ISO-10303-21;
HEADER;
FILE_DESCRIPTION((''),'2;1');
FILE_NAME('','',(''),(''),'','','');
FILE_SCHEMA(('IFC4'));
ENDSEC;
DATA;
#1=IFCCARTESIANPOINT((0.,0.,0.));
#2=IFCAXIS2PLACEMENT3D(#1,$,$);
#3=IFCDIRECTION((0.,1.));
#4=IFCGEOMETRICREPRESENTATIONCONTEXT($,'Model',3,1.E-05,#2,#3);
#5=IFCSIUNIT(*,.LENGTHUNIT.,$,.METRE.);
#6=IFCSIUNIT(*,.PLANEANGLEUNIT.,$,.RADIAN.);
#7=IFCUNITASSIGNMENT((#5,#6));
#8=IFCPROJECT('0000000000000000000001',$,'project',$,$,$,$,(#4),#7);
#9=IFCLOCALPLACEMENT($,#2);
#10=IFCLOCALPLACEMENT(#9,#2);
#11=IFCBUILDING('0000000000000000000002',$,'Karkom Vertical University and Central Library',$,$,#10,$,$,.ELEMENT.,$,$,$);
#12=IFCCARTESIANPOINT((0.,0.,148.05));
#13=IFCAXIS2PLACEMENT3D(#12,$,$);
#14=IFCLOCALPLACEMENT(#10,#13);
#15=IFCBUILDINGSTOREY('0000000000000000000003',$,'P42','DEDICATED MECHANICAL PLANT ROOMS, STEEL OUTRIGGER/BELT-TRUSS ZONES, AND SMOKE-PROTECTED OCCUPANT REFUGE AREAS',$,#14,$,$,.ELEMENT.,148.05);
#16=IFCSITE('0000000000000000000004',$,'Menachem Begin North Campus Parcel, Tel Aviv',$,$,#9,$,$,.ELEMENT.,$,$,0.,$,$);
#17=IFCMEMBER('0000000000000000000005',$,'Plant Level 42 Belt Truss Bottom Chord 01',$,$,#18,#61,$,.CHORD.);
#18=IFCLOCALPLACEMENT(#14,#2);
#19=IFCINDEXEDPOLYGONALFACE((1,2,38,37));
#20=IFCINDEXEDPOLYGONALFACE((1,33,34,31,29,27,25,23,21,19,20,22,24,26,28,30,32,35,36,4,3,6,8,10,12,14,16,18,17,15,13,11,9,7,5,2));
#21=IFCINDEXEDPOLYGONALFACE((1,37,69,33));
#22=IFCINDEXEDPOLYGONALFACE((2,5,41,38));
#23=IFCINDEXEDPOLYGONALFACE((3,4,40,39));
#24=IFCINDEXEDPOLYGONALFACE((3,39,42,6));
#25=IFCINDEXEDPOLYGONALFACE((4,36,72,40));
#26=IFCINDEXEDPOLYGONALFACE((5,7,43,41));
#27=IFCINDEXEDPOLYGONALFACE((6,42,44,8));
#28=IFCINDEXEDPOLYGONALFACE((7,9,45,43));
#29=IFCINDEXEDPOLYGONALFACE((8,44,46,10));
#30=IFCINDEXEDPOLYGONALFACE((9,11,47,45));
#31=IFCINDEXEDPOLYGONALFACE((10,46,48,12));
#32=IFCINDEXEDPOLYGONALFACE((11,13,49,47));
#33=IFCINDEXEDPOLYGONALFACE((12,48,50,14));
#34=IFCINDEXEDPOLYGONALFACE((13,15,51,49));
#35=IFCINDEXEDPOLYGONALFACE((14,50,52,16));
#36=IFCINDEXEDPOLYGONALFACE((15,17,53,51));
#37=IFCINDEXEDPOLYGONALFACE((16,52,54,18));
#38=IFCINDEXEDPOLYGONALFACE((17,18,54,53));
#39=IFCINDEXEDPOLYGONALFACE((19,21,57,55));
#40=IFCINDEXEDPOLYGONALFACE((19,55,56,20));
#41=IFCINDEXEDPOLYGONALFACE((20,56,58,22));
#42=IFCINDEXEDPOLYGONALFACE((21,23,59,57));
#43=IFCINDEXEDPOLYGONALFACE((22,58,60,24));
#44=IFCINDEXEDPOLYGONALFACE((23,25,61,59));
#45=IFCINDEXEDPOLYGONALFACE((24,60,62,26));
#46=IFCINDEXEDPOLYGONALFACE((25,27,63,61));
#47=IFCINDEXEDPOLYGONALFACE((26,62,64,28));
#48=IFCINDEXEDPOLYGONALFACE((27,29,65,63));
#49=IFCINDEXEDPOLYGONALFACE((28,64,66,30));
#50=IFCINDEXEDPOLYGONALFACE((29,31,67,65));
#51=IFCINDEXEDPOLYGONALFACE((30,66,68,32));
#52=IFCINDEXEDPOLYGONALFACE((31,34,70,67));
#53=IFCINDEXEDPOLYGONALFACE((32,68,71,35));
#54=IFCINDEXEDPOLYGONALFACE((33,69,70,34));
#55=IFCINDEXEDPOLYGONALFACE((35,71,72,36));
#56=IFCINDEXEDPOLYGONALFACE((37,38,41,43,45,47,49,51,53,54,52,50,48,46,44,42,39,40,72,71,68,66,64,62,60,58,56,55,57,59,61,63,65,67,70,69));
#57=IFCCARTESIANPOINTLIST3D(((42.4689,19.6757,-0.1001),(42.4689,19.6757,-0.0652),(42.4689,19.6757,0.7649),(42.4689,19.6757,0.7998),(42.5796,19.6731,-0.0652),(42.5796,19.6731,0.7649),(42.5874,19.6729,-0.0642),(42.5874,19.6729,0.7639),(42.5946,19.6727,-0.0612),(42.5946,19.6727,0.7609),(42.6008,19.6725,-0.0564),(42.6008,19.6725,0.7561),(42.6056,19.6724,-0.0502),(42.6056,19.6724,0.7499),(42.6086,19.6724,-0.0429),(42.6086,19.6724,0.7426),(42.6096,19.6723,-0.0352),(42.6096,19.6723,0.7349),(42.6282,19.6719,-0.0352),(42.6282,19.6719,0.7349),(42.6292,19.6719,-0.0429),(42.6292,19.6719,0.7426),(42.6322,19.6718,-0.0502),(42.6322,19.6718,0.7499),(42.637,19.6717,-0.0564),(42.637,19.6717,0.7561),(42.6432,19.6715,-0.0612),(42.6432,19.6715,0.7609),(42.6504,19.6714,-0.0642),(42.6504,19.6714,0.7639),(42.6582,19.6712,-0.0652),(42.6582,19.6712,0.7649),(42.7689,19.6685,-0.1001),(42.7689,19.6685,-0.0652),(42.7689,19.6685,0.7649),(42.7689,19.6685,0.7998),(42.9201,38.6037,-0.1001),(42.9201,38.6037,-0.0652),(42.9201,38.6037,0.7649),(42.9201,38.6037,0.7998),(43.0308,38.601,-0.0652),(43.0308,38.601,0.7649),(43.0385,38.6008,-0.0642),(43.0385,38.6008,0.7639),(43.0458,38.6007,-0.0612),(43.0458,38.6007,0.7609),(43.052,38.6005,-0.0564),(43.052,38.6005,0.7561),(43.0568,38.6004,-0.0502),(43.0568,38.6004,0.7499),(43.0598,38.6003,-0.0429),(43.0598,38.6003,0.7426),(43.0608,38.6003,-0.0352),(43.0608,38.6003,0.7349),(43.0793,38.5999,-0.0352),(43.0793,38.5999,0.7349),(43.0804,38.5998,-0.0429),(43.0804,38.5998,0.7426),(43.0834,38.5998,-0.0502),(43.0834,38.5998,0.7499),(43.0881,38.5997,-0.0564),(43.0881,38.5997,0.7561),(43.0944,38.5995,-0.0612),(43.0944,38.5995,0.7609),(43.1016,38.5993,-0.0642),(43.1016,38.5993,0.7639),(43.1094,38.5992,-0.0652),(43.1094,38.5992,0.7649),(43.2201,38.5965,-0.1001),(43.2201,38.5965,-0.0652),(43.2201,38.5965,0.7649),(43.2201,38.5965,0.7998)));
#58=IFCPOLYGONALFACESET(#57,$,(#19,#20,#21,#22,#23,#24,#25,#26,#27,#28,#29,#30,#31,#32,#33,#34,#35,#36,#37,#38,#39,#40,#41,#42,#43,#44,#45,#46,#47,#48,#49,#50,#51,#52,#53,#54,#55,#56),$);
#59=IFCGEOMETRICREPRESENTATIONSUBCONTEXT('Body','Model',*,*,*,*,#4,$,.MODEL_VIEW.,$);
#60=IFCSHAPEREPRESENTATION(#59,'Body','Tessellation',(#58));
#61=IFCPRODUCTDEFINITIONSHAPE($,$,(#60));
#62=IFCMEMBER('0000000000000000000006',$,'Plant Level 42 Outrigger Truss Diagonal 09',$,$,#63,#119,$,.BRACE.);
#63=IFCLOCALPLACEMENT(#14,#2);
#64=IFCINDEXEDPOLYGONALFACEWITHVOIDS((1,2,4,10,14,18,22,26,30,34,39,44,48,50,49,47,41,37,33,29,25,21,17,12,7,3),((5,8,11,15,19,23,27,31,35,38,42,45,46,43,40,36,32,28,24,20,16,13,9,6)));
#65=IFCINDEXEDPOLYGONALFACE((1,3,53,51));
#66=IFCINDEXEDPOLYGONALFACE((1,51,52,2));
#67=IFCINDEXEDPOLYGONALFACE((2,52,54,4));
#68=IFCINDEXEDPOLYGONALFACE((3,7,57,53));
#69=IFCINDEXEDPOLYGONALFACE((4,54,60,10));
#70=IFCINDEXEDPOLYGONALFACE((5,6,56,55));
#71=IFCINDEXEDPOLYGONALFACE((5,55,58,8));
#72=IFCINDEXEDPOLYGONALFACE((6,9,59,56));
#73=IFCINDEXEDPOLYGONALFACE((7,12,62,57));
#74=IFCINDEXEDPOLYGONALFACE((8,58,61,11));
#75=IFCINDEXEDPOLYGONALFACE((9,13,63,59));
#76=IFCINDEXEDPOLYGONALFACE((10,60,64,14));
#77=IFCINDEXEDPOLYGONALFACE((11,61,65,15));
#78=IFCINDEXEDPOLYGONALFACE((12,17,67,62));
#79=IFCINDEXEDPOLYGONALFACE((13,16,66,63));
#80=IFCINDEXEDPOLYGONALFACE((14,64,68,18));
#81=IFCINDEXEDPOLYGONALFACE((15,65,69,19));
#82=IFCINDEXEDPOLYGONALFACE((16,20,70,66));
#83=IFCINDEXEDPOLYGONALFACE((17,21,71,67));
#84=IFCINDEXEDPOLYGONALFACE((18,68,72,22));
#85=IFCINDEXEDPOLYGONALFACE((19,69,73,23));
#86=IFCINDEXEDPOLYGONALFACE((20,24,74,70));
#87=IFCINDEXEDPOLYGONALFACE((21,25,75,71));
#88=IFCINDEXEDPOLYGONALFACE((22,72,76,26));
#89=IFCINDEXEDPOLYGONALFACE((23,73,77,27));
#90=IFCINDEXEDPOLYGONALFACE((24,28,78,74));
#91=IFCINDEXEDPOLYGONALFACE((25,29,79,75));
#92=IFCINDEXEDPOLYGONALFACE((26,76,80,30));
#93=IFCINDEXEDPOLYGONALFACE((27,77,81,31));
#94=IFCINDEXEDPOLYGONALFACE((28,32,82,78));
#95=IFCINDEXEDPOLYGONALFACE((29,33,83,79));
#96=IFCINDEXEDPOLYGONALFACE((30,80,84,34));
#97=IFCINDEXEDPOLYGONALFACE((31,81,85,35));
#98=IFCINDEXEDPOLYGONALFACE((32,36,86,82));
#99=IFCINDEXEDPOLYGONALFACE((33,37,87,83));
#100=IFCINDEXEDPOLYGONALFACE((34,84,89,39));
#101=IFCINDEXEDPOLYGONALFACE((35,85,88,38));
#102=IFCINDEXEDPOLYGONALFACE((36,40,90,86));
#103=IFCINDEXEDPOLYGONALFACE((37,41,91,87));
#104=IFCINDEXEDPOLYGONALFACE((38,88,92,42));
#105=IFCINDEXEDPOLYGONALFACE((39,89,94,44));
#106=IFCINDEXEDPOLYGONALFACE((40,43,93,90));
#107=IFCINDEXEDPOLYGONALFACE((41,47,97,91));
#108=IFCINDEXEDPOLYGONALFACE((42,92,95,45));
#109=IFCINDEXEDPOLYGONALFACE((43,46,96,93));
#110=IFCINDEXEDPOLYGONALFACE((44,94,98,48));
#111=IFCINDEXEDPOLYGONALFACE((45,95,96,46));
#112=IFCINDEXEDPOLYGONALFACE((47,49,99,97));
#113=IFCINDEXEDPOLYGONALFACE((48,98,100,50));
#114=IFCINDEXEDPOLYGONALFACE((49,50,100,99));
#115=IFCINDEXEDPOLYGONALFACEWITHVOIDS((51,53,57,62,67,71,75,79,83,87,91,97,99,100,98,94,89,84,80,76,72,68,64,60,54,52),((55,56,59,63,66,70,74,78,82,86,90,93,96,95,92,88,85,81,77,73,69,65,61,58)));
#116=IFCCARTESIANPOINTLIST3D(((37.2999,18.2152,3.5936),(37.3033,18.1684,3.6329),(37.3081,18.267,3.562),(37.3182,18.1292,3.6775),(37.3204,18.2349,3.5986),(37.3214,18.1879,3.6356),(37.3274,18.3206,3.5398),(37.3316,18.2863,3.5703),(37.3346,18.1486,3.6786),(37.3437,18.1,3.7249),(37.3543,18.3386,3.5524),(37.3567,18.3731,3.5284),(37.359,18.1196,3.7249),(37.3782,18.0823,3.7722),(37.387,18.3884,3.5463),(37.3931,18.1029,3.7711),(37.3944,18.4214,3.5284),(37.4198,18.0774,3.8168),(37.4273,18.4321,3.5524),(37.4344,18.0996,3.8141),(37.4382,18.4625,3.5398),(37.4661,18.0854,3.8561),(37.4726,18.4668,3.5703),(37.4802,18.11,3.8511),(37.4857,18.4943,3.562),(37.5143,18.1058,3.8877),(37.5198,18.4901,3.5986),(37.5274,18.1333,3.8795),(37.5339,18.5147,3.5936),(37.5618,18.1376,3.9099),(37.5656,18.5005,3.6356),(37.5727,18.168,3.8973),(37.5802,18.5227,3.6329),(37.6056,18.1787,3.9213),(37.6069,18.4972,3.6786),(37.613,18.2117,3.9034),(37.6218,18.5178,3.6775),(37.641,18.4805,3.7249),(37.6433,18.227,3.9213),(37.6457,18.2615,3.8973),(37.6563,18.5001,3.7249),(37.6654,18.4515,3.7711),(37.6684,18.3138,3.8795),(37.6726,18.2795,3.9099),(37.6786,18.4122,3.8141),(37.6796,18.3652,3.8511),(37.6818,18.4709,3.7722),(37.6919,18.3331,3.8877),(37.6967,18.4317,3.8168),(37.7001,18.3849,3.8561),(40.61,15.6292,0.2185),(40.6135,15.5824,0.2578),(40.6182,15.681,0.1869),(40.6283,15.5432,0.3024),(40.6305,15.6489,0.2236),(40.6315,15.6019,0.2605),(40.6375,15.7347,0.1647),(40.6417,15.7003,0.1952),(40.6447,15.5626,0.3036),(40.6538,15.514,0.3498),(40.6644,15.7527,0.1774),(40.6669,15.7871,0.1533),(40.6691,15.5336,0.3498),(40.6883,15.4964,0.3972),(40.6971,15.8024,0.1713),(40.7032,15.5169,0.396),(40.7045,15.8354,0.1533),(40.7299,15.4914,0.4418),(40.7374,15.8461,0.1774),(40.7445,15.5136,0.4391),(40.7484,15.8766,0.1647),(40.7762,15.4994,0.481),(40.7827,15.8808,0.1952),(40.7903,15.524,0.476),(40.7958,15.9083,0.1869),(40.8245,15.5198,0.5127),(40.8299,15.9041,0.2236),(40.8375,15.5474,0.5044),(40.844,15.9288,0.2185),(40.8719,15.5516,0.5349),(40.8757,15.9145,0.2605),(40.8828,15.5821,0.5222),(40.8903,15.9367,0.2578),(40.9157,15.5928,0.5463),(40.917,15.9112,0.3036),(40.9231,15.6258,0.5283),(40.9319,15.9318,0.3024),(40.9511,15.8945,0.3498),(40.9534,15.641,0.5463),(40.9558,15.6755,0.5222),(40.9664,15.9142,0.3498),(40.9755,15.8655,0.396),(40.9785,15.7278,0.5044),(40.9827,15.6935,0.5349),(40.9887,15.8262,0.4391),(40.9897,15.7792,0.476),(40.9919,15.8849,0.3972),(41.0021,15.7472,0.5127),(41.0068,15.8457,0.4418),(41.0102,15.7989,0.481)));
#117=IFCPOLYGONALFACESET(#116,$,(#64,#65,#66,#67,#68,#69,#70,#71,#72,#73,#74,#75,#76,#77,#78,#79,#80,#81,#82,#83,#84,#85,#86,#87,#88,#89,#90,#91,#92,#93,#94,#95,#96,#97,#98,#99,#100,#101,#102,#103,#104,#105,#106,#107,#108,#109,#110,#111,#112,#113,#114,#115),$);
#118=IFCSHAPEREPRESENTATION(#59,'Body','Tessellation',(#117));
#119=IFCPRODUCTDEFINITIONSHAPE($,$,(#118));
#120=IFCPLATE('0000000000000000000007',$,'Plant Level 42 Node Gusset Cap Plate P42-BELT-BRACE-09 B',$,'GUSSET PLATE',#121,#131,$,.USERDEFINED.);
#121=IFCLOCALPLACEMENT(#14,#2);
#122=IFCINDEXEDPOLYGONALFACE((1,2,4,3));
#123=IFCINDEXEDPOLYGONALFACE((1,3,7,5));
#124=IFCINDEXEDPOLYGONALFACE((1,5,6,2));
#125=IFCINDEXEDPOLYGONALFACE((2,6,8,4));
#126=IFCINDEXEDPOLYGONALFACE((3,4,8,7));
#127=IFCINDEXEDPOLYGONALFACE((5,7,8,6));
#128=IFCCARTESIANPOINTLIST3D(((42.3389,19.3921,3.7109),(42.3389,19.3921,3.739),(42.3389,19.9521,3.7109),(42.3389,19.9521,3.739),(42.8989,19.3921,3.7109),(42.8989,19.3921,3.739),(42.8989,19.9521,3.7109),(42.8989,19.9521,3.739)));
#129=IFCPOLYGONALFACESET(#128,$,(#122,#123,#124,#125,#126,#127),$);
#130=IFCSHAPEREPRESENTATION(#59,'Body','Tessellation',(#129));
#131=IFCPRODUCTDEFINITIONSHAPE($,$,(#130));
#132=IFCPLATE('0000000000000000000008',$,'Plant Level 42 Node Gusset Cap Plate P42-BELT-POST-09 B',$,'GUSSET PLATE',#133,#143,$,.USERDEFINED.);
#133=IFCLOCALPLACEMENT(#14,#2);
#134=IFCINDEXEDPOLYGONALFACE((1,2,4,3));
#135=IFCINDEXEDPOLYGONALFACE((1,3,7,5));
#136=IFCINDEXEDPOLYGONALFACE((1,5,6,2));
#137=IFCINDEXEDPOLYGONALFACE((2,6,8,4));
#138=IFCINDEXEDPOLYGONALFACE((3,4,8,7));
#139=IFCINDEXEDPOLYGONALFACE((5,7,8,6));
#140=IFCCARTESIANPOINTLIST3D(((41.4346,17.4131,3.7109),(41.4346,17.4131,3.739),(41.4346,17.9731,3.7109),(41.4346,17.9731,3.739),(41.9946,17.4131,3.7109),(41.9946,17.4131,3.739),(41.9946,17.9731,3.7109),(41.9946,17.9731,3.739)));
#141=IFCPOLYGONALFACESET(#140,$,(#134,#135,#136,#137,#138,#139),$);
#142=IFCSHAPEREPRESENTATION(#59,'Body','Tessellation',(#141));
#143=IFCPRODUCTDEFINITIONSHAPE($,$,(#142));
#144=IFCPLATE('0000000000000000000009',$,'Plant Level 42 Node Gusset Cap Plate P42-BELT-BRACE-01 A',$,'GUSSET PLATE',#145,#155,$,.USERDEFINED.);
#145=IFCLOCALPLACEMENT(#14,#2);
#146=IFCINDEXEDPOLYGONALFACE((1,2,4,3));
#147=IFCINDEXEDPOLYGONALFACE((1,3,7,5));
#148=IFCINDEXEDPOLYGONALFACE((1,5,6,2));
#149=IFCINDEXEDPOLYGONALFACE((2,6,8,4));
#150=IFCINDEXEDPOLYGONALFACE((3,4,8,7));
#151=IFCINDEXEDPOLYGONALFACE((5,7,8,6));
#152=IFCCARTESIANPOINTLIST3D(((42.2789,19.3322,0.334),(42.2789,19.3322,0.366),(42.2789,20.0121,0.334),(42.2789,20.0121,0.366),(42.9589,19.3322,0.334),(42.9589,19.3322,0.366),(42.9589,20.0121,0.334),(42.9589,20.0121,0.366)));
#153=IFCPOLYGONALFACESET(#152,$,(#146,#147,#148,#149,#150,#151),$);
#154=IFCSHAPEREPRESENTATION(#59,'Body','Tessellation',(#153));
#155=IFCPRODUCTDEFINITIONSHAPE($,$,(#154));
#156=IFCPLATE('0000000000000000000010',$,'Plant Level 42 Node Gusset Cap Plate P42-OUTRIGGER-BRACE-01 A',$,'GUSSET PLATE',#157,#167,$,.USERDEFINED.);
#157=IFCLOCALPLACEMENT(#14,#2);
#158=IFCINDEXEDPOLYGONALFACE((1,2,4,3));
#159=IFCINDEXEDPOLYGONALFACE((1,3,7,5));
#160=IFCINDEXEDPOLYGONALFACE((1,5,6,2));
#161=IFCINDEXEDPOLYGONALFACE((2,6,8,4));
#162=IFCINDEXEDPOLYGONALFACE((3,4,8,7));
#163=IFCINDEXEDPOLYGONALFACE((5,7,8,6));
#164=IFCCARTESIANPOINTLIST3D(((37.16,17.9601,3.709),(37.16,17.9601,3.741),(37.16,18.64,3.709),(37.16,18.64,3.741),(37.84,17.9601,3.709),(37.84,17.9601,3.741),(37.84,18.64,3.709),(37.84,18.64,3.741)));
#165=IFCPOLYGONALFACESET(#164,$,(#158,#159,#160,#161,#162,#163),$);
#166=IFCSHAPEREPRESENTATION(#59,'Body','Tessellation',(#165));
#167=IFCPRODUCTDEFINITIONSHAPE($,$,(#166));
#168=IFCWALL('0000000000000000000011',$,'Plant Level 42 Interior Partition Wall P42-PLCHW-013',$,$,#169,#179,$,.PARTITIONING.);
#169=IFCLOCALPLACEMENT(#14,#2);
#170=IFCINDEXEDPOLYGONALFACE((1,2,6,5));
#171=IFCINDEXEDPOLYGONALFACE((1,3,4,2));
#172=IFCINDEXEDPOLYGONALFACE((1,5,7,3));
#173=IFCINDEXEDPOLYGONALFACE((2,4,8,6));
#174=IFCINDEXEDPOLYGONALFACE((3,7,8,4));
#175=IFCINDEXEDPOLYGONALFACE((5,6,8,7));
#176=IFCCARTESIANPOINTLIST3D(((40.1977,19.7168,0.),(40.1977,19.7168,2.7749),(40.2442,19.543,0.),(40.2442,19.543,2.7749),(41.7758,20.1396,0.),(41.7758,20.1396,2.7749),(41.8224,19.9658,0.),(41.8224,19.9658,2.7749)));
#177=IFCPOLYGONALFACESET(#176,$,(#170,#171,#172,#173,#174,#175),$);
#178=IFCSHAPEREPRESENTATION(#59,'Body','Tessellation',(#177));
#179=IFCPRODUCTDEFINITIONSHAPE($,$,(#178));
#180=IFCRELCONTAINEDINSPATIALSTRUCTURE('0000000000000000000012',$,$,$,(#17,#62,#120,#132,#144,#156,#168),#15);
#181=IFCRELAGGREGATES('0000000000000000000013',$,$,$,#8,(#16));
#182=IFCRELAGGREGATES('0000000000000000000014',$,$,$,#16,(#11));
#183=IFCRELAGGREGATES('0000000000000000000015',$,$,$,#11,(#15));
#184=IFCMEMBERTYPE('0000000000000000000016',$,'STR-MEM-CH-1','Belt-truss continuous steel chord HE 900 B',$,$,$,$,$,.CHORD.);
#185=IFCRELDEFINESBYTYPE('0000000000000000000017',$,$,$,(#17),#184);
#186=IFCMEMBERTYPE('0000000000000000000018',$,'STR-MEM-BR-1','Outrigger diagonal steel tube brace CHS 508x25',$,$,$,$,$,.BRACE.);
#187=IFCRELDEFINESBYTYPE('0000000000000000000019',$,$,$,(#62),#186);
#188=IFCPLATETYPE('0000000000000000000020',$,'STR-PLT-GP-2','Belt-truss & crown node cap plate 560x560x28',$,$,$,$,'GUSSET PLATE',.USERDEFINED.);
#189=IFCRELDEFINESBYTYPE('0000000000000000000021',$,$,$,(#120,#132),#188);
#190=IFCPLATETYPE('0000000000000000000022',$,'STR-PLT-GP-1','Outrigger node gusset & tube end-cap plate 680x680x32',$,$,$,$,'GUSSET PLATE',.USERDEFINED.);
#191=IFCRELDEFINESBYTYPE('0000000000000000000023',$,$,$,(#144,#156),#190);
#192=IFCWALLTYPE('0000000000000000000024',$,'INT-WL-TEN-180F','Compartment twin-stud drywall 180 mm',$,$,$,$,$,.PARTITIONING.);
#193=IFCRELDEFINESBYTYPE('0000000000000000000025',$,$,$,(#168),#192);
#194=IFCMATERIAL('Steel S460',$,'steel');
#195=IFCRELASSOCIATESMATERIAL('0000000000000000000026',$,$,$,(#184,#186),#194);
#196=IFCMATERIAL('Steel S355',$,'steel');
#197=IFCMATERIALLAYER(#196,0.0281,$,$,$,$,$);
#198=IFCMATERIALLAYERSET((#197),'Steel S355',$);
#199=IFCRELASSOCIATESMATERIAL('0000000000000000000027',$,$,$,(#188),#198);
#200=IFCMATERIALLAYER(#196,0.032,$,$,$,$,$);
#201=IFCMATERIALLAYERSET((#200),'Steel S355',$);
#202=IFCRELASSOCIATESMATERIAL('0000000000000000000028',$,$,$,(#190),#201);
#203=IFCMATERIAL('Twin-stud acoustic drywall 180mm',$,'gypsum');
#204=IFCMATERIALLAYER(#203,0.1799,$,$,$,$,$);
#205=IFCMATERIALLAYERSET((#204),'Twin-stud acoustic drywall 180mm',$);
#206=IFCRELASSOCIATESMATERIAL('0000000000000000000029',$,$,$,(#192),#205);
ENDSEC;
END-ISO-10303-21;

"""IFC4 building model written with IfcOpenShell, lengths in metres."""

from ifc_helpers import new_model, si_unit, direction, frame, frame_2d, origin, origin_with_axes, origin_2d, place, context, subcontext, project, spatial, rectangle, hollow_circle, i_section, extrude, source, transform, mapped, material, layer, layer_set, material_profile, profile_set, type_object, element, save


model = new_model("IFC4")

# Units and contexts
model_context = context("Model", 3, precision=1e-05, world=origin(), true_north=direction((0.0, 1.0)))
body_context = subcontext(model_context, "Body", "Model", "MODEL_VIEW")
ifc_project = project(units=[si_unit("LENGTHUNIT", "METRE"), si_unit("PLANEANGLEUNIT", "RADIAN")], contexts=[model_context])

# Site, building, storey
site_placement = place(None, origin())
site = spatial("IfcSite", under=ifc_project, at=site_placement, Name="Menachem Begin North Campus Parcel, Tel Aviv", CompositionType="ELEMENT", RefElevation=0.0)
building_placement = place(site_placement, origin())
building = spatial("IfcBuilding", under=site, at=building_placement, Name="Karkom Vertical University and Central Library", CompositionType="ELEMENT")
storey_placement = place(building_placement, frame((0.0, 0.0, 148.05)))
storey = spatial("IfcBuildingStorey", under=building, at=storey_placement, Name="P42", Description="DEDICATED MECHANICAL PLANT ROOMS, STEEL OUTRIGGER/BELT-TRUSS ZONES, AND SMOKE-PROTECTED OCCUPANT REFUGE AREAS", CompositionType="ELEMENT", Elevation=148.05)

# Shared definitions
ifc_material_1 = material(Name="Steel S355", Category="steel")
ifc_material_2 = material(Name="Steel S460", Category="steel")

# Members
ifc_material_profile_1 = material_profile(ifc_material_2, i_section(OverallWidth=0.3, OverallDepth=0.8999, WebThickness=0.0186, FlangeThickness=0.0349, FilletRadius=0.03, at=origin_2d()), Name="HE 900 B")
ifc_profile_set_1 = profile_set([ifc_material_profile_1], Name="Steel S460")
member_type_1 = type_object("IfcMemberType", Name="STR-MEM-CH-1", Description="Belt-truss continuous steel chord HE 900 B", PredefinedType="CHORD", material=ifc_profile_set_1)
shared_shape_1 = source(origin_with_axes(), body_context, "Body", "SweptSolid", [
    extrude(i_section(OverallWidth=0.3, OverallDepth=0.8999, WebThickness=0.0186, FlangeThickness=0.0349, FilletRadius=0.03, at=origin_2d()), origin(), (0.0, 0.0, 1.0), 18.9333),
])
member_1_placement = place(storey_placement, frame((42.6189, 19.6721, 0.3499), z_axis=(0.023829, 0.999716, 0.0), x_axis=(-0.999716, 0.023829, 0.0)))
element("IfcMember", 1, at=member_1_placement, inside=storey, type_object=member_type_1, Name="Plant Level 42 Belt Truss Bottom Chord 01", PredefinedType="CHORD", context=body_context, shape_type="MappedRepresentation", body=[
    mapped(shared_shape_1, transform((0.0, 0.0, 0.0), scale=1.0)),
])
ifc_material_profile_2 = material_profile(ifc_material_2, hollow_circle(Radius=0.2539, WallThickness=0.0249, at=origin_2d()), Name="CHS 508x25")
ifc_profile_set_2 = profile_set([ifc_material_profile_2], Name="Steel S460")
member_type_2 = type_object("IfcMemberType", Name="STR-MEM-BR-1", Description="Outrigger diagonal steel tube brace CHS 508x25", PredefinedType="BRACE", material=ifc_profile_set_2)
shared_shape_2 = source(origin_with_axes(), body_context, "Body", "SweptSolid", [
    extrude(hollow_circle(Radius=0.2539, WallThickness=0.0249, at=origin_2d()), origin(), (0.0, 0.0, 1.0), 5.3884),
])
member_2_placement = place(storey_placement, frame((37.5, 18.3, 3.7249), z_axis=(0.6143, -0.479914, -0.626353), x_axis=(0.615637, 0.78803, 0.0)))
element("IfcMember", 2, at=member_2_placement, inside=storey, type_object=member_type_2, Name="Plant Level 42 Outrigger Truss Diagonal 09", PredefinedType="BRACE", context=body_context, shape_type="MappedRepresentation", body=[
    mapped(shared_shape_2, transform((0.0, 0.0, 0.0), scale=1.0)),
])

# Plates
ifc_layer_1 = layer(ifc_material_1, 0.0281)
ifc_layer_set_1 = layer_set([ifc_layer_1], Name="Steel S355")
plate_type_1 = type_object("IfcPlateType", Name="STR-PLT-GP-2", Description="Belt-truss & crown node cap plate 560x560x28", ElementType="GUSSET PLATE", PredefinedType="USERDEFINED", material=ifc_layer_set_1)
shared_shape_3 = source(origin_with_axes(), body_context, "Body", "SweptSolid", [
    extrude(rectangle(XDim=0.5601, YDim=0.5601, at=origin_2d()), origin(), (0.0, 0.0, 1.0), 0.0281),
])
for number, where, z_axis, x_axis, name in (
    (3, (42.6189, 19.6721, 3.7109), (0.0, 0.0, 1.0), (1.0, 0.0, 0.0), "Plant Level 42 Node Gusset Cap Plate P42-BELT-BRACE-09 B"),
    (4, (41.7146, 17.6931, 3.7109), (0.0, 0.0, 1.0), (1.0, 0.0, 0.0), "Plant Level 42 Node Gusset Cap Plate P42-BELT-POST-09 B"),
):
    element("IfcPlate", number, at=place(storey_placement, frame(where, z_axis=z_axis, x_axis=x_axis)), inside=storey, type_object=plate_type_1, Name=name, ObjectType="GUSSET PLATE", PredefinedType="USERDEFINED", context=body_context, shape_type="MappedRepresentation", body=[
        mapped(shared_shape_3, transform((0.0, 0.0, 0.0), scale=1.0)),
    ])
ifc_layer_2 = layer(ifc_material_1, 0.032)
ifc_layer_set_2 = layer_set([ifc_layer_2], Name="Steel S355")
plate_type_2 = type_object("IfcPlateType", Name="STR-PLT-GP-1", Description="Outrigger node gusset & tube end-cap plate 680x680x32", ElementType="GUSSET PLATE", PredefinedType="USERDEFINED", material=ifc_layer_set_2)
shared_shape_4 = source(origin_with_axes(), body_context, "Body", "SweptSolid", [
    extrude(rectangle(XDim=0.6799, YDim=0.6799, at=origin_2d()), origin(), (0.0, 0.0, 1.0), 0.032),
])
for number, where, z_axis, x_axis, name in (
    (5, (42.6189, 19.6721, 0.334), (0.0, 0.0, 1.0), (1.0, 0.0, 0.0), "Plant Level 42 Node Gusset Cap Plate P42-BELT-BRACE-01 A"),
    (6, (37.5, 18.3, 3.709), (0.0, 0.0, 1.0), (1.0, 0.0, 0.0), "Plant Level 42 Node Gusset Cap Plate P42-OUTRIGGER-BRACE-01 A"),
):
    element("IfcPlate", number, at=place(storey_placement, frame(where, z_axis=z_axis, x_axis=x_axis)), inside=storey, type_object=plate_type_2, Name=name, ObjectType="GUSSET PLATE", PredefinedType="USERDEFINED", context=body_context, shape_type="MappedRepresentation", body=[
        mapped(shared_shape_4, transform((0.0, 0.0, 0.0), scale=1.0)),
    ])

# Wall
ifc_material_3 = material(Name="Twin-stud acoustic drywall 180mm", Category="gypsum")
ifc_layer_3 = layer(ifc_material_3, 0.1799)
ifc_layer_set_3 = layer_set([ifc_layer_3], Name="Twin-stud acoustic drywall 180mm")
wall_type = type_object("IfcWallType", Name="INT-WL-TEN-180F", Description="Compartment twin-stud drywall 180 mm", PredefinedType="PARTITIONING", material=ifc_layer_set_3)
wall_placement = place(storey_placement, frame((41.7991, 20.0527, 0.0), z_axis=(0.0, 0.0, 1.0), x_axis=(-0.965927, -0.258816, 0.0)))
element("IfcWall", 7, at=wall_placement, inside=storey, type_object=wall_type, Name="Plant Level 42 Interior Partition Wall P42-PLCHW-013", PredefinedType="PARTITIONING", context=body_context, shape_type="SweptSolid", body=[
    extrude(rectangle(XDim=1.6338, YDim=0.1799, at=frame_2d((0.8169, 0.0))), origin(), (0.0, 0.0, 1.0), 2.7749),
])

save(model, "model.ifc")
